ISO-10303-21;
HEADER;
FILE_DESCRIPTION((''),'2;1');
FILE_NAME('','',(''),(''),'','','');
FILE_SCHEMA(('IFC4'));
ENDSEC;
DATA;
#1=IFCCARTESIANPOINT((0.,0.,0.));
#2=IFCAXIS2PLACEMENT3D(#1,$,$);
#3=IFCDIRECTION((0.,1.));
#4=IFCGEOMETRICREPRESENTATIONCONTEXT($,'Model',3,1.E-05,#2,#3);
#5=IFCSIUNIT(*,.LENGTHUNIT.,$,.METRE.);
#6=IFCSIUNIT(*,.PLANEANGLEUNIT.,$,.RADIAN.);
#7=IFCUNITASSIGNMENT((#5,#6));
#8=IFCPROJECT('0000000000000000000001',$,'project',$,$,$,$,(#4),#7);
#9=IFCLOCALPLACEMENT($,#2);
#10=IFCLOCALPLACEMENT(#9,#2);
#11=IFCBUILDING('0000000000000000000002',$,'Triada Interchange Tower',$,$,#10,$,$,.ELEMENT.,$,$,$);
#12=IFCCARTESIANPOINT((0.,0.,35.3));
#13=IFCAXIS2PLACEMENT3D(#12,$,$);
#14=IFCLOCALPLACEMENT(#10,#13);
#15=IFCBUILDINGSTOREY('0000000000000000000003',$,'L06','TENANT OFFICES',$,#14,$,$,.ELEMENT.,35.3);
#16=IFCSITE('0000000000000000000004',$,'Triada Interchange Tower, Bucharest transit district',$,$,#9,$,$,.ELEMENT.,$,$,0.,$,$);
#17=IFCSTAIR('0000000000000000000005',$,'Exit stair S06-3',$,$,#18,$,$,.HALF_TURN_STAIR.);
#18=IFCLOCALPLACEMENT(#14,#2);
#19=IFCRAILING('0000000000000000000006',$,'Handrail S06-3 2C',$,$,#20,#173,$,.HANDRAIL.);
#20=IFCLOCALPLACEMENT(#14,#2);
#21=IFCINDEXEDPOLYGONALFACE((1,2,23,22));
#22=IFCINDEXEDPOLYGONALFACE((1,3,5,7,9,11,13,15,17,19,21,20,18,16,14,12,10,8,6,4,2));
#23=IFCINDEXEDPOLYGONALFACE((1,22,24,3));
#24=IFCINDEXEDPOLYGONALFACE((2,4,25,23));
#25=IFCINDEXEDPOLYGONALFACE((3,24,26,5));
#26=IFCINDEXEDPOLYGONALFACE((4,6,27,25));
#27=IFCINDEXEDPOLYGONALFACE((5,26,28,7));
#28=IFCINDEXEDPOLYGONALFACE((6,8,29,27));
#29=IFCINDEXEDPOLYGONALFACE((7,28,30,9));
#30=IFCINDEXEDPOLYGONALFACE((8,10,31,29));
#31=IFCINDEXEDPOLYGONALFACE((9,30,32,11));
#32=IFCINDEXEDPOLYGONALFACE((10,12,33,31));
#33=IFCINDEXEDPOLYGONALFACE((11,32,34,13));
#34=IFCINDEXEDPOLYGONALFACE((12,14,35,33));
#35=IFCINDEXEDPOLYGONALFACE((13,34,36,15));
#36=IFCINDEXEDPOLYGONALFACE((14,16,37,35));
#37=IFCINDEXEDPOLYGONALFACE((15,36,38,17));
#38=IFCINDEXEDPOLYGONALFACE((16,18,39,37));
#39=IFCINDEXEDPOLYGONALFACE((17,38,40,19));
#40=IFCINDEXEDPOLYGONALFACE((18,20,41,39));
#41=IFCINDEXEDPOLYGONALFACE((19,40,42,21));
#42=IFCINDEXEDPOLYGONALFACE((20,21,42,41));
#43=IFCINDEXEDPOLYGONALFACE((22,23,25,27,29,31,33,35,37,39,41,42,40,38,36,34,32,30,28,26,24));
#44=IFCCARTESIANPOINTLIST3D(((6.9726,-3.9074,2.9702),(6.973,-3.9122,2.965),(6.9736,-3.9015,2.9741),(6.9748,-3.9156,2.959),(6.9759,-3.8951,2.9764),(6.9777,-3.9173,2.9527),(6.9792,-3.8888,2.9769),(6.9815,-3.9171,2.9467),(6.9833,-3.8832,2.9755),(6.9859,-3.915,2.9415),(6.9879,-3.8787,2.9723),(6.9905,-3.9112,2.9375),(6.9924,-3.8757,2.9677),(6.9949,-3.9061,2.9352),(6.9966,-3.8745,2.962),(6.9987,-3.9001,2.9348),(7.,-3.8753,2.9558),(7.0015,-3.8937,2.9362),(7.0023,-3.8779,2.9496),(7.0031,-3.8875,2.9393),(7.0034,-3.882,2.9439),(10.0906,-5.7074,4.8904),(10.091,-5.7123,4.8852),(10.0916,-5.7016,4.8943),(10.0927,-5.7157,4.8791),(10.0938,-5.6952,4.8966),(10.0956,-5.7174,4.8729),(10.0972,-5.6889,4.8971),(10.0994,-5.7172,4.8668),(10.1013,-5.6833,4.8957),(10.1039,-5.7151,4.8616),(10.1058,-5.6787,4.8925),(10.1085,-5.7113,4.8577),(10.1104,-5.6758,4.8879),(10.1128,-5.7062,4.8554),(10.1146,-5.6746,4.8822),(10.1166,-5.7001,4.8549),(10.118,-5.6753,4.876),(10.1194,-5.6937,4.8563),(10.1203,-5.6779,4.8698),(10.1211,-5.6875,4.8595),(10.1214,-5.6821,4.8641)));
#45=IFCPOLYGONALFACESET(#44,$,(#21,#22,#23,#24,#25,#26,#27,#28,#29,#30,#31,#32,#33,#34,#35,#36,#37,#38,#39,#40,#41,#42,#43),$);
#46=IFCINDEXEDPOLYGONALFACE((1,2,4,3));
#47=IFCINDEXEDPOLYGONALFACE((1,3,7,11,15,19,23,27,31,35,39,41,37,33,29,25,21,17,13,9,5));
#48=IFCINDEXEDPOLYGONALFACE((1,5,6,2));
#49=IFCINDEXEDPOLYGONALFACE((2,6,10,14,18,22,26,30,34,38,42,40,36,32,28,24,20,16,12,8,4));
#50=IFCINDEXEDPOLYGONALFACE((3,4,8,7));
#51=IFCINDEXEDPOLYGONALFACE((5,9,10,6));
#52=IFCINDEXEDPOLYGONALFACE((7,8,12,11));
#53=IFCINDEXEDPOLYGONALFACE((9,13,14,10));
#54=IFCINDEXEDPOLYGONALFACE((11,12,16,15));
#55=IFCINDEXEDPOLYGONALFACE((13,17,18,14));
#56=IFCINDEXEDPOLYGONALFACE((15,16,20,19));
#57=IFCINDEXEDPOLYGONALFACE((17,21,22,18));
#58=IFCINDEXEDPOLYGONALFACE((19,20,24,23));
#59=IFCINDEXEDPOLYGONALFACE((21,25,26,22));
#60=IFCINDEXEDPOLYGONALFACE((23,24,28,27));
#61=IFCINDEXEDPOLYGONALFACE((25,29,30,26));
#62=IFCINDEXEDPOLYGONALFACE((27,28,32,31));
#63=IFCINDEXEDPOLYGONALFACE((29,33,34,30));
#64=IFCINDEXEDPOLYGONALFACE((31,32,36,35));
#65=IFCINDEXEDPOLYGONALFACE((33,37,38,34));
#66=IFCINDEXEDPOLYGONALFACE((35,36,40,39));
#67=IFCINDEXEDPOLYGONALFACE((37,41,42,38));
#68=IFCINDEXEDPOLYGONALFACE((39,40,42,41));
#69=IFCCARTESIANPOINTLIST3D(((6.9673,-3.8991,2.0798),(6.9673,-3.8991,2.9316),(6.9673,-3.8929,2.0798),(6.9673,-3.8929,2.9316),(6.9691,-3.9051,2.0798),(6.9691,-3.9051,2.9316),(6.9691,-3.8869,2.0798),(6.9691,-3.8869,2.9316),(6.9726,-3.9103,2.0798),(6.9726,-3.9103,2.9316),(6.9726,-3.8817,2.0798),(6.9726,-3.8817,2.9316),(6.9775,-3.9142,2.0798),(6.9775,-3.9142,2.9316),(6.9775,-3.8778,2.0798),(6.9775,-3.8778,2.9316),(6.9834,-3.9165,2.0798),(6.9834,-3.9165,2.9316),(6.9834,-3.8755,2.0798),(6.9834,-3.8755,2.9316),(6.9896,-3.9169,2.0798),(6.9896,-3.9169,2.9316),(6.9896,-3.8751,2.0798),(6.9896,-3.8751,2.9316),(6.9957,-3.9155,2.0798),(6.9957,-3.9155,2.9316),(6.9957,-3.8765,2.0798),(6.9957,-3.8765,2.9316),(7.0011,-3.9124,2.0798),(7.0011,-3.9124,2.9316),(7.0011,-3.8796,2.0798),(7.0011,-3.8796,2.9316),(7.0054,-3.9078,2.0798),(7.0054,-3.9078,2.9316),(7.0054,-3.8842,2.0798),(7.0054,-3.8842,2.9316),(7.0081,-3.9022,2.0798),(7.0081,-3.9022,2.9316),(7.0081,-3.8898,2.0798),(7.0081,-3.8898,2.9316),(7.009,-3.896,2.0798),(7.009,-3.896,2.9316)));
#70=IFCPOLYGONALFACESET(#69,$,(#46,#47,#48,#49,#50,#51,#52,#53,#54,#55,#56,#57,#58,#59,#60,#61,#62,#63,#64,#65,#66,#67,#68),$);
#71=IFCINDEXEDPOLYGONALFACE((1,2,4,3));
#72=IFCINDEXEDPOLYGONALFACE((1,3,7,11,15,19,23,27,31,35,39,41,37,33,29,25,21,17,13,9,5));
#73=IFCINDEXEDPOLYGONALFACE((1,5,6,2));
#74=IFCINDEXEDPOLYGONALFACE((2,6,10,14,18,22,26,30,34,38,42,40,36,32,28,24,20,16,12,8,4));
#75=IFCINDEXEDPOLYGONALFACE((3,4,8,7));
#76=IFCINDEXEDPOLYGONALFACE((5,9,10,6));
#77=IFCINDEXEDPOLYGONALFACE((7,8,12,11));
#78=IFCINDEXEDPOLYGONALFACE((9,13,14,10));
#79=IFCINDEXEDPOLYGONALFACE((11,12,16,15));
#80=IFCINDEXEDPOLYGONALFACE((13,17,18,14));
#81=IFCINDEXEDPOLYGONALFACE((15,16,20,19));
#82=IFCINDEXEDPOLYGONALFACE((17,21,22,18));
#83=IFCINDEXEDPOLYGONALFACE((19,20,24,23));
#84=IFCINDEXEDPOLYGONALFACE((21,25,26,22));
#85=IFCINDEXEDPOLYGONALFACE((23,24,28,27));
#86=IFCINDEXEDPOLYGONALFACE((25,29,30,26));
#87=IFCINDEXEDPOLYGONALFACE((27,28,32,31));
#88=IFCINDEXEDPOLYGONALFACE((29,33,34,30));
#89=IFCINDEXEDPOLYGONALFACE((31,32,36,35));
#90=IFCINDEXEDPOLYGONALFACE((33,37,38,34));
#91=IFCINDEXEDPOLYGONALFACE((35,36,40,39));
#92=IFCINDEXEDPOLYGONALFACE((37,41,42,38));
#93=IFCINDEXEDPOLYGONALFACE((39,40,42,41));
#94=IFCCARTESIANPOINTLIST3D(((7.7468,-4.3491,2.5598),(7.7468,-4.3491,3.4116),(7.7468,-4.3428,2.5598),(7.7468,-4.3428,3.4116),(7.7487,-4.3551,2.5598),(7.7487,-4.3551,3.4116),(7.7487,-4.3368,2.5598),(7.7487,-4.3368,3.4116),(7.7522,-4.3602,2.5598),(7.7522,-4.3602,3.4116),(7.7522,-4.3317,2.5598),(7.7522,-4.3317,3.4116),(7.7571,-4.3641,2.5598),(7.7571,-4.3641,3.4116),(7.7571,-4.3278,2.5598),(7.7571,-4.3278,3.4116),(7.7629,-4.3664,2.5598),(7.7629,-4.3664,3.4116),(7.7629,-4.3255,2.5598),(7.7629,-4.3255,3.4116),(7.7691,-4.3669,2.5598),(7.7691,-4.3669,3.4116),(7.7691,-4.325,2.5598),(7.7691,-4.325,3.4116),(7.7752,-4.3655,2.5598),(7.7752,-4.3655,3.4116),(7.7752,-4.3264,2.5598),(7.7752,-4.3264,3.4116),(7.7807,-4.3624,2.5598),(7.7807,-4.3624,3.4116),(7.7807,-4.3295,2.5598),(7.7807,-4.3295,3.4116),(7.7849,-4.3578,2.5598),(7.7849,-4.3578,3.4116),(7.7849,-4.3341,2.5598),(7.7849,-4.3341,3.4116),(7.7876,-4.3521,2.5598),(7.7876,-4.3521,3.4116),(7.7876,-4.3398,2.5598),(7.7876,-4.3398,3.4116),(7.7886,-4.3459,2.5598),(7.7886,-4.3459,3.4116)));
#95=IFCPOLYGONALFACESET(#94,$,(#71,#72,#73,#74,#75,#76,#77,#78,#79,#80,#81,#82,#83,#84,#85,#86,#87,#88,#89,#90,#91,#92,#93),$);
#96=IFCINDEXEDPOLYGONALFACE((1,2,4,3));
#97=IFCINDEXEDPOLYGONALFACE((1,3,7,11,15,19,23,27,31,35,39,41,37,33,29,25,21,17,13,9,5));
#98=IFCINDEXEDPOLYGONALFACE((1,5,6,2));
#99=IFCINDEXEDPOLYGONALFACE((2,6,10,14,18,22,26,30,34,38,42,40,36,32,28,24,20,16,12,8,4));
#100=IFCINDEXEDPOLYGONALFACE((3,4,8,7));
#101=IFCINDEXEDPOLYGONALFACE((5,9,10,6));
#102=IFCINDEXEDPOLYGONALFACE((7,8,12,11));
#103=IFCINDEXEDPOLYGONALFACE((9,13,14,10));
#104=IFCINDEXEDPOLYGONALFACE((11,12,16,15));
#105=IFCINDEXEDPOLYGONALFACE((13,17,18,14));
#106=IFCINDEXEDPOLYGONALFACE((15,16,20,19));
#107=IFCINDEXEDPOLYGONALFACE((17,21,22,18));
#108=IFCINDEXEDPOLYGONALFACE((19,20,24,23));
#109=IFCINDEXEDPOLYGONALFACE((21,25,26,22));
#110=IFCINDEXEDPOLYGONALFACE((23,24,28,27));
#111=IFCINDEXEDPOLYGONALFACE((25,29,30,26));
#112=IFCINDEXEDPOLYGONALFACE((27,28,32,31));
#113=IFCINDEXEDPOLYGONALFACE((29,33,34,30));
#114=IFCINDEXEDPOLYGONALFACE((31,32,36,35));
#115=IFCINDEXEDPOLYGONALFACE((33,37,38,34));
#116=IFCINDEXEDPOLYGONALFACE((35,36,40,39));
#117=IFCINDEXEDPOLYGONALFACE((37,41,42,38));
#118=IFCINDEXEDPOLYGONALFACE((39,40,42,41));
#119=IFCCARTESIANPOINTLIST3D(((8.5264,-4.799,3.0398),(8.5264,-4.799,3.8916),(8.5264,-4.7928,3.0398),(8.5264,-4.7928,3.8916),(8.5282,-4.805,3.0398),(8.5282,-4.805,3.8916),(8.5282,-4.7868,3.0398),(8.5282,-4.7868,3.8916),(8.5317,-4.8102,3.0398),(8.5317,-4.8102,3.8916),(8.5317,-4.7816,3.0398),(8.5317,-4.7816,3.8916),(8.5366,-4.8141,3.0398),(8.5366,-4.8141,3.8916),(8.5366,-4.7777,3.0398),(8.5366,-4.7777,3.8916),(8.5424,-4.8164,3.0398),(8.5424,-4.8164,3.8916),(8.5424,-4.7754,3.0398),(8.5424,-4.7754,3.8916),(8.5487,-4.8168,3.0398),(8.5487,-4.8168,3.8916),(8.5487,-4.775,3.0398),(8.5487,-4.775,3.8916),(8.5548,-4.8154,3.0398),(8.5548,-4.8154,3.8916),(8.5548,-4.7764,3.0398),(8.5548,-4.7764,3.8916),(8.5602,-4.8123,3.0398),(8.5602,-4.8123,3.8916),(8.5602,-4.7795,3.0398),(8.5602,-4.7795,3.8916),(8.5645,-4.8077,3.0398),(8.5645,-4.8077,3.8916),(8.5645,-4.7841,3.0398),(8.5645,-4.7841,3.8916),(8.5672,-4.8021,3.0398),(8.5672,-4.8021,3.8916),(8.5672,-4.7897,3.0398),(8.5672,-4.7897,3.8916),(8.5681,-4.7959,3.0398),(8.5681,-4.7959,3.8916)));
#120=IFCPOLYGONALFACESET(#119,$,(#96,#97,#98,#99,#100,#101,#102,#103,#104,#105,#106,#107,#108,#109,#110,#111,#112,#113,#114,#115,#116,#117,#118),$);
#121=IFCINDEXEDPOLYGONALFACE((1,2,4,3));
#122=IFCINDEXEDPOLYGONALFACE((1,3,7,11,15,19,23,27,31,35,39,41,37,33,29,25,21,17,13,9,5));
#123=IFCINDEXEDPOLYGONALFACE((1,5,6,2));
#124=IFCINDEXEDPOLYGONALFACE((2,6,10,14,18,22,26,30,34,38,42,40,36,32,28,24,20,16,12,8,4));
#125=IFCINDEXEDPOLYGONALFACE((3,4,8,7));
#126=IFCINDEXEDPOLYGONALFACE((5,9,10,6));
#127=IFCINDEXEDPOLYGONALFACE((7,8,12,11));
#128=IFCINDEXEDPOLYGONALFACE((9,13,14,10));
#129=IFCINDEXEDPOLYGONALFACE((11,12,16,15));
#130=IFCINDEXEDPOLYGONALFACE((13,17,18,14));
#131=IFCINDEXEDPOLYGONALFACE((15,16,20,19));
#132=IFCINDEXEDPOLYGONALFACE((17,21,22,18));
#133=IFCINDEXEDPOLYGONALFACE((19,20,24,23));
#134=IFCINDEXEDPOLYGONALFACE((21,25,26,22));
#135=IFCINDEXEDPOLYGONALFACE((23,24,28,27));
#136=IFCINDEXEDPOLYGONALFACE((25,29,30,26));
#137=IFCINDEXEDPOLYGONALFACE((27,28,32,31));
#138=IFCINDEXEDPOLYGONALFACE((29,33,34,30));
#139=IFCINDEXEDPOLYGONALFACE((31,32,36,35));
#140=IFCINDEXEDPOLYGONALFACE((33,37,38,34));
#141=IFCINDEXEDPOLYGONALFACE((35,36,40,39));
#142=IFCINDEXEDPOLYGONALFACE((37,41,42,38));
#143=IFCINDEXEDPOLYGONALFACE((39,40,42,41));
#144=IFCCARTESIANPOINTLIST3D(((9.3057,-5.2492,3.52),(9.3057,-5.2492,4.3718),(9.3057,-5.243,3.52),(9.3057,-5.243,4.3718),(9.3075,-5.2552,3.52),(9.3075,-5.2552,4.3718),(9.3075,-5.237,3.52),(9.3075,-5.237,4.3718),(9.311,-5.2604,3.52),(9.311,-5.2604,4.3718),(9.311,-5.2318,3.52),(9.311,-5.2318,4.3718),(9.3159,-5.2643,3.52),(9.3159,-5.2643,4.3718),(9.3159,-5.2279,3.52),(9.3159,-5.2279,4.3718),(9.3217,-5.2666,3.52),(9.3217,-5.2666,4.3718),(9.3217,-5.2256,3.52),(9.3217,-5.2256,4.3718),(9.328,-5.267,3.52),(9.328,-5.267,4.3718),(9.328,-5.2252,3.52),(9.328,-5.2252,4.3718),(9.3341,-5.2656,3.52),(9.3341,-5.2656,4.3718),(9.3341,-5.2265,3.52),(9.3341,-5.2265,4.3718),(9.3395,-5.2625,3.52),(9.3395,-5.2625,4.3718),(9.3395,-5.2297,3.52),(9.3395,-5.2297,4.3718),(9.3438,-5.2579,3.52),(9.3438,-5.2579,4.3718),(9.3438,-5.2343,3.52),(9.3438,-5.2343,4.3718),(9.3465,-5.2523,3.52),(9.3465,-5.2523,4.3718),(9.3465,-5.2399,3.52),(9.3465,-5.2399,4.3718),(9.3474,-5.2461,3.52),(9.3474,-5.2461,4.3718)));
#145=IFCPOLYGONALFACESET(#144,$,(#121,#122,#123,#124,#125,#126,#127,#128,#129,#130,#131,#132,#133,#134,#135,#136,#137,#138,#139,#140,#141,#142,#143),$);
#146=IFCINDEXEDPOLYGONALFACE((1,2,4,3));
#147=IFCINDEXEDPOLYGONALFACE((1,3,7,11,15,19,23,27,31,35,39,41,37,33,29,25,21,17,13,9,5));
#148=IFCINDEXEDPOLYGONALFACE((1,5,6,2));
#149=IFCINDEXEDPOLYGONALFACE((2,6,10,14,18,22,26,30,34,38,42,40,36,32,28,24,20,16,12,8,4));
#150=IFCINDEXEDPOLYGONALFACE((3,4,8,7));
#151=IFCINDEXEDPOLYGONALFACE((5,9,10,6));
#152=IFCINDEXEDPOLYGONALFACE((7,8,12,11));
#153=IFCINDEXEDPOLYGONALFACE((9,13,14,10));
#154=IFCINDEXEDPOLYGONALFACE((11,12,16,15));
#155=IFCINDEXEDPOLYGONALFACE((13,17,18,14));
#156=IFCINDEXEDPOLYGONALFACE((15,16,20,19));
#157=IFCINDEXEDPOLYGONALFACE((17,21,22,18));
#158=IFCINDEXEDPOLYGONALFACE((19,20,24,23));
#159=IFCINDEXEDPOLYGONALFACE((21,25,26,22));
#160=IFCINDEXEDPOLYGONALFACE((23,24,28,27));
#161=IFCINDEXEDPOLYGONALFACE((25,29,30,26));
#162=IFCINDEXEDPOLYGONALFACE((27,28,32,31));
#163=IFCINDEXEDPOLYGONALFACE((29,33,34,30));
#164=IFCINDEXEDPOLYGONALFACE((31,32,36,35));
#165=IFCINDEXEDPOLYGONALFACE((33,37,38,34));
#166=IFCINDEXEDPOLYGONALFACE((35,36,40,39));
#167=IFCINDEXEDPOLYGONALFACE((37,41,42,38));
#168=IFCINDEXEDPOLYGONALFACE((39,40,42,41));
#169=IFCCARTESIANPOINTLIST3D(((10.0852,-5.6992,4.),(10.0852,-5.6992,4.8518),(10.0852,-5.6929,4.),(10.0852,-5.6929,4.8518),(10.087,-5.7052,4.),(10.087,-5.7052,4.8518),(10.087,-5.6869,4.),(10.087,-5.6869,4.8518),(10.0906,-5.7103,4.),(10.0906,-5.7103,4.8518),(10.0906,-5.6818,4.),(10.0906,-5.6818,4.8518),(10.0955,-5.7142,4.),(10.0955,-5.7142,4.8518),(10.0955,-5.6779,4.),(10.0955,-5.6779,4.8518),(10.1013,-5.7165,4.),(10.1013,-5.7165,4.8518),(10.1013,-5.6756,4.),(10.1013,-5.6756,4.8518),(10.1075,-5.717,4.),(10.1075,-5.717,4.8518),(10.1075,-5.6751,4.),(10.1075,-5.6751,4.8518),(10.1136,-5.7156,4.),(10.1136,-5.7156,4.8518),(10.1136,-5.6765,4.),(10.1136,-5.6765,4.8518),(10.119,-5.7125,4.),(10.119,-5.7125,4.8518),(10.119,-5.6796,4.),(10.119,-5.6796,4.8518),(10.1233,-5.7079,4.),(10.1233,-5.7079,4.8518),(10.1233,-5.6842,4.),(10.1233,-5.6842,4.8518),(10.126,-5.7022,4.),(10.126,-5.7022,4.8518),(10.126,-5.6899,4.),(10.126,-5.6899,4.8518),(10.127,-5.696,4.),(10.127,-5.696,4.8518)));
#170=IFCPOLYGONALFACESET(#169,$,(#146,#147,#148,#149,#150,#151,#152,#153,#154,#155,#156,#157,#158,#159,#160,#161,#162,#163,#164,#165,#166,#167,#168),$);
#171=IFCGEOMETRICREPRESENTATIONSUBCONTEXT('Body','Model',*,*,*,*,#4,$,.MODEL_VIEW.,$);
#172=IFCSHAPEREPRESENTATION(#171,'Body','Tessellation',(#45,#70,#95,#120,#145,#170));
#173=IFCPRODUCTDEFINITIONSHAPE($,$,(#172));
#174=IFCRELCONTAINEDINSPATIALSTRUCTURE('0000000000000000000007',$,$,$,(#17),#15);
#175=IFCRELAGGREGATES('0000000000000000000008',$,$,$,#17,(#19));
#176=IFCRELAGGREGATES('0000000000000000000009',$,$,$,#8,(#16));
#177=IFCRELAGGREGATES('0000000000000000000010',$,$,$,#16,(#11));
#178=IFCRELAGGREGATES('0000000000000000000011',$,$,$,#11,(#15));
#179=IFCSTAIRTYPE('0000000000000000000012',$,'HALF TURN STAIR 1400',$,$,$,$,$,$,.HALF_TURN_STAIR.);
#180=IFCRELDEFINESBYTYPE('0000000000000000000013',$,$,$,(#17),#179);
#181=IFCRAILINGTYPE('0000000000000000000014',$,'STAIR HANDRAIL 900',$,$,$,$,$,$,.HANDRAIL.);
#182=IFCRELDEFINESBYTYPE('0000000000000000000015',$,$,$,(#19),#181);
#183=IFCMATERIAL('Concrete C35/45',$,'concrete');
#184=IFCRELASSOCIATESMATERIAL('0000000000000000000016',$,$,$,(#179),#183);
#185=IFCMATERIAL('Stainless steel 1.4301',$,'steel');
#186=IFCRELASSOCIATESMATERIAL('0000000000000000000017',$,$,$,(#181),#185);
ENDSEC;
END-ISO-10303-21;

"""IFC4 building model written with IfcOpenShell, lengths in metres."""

from ifc_helpers import new_model, si_unit, direction, frame, origin, origin_2d, place, context, subcontext, project, spatial, circle, extrude, material, type_object, element, aggregate, save


model = new_model("IFC4")

# Units and contexts
model_context = context("Model", 3, precision=1e-05, world=origin(), true_north=direction((0.0, 1.0)))
body_context = subcontext(model_context, "Body", "Model", "MODEL_VIEW")
ifc_project = project(units=[si_unit("LENGTHUNIT", "METRE"), si_unit("PLANEANGLEUNIT", "RADIAN")], contexts=[model_context])

# Site, building, storey
site_placement = place(None, origin())
site = spatial("IfcSite", under=ifc_project, at=site_placement, Name="Triada Interchange Tower, Bucharest transit district", CompositionType="ELEMENT", RefElevation=0.0)
building_placement = place(site_placement, origin())
building = spatial("IfcBuilding", under=site, at=building_placement, Name="Triada Interchange Tower", CompositionType="ELEMENT")
storey_placement = place(building_placement, frame((0.0, 0.0, 35.3)))
storey = spatial("IfcBuildingStorey", under=building, at=storey_placement, Name="L06", Description="TENANT OFFICES", CompositionType="ELEMENT", Elevation=35.3)

# Stair, railing
ifc_material_1 = material(Name="Concrete C35/45", Category="concrete")
stair_type = type_object("IfcStairType", Name="HALF TURN STAIR 1400", PredefinedType="HALF_TURN_STAIR", material=ifc_material_1)
stair_placement = place(storey_placement, origin())
stair = element("IfcStair", 1, at=stair_placement, inside=storey, type_object=stair_type, Name="Exit stair S06-3", PredefinedType="HALF_TURN_STAIR")
ifc_material_2 = material(Name="Stainless steel 1.4301", Category="steel")
railing_type = type_object("IfcRailingType", Name="STAIR HANDRAIL 900", PredefinedType="HANDRAIL", material=ifc_material_2)
railing_1_placement = place(storey_placement, frame((6.988, -3.896, 2.0798)))
railing_1 = element("IfcRailing", 2, at=railing_1_placement, type_object=railing_type, Name="Handrail S06-3 2C", PredefinedType="HANDRAIL", context=body_context, shape_type="SweptSolid", body=[
    extrude(circle(Radius=0.0239, at=origin_2d()), frame((0.0, 0.0, 0.876), z_axis=(0.764145, -0.441159, 0.470597), x_axis=(0.499983, 0.866035, 0.0)), (0.0, 0.0, 1.0), 4.0803),
    extrude(circle(Radius=0.021, at=origin_2d()), origin(), (0.0, 0.0, 1.0), 0.8518),
    extrude(circle(Radius=0.021, at=origin_2d()), frame((0.7795, -0.45, 0.48)), (0.0, 0.0, 1.0), 0.8518),
    extrude(circle(Radius=0.021, at=origin_2d()), frame((1.5591, -0.8999, 0.96)), (0.0, 0.0, 1.0), 0.8518),
    extrude(circle(Radius=0.021, at=origin_2d()), frame((2.3384, -1.3501, 1.4402)), (0.0, 0.0, 1.0), 0.8518),
    extrude(circle(Radius=0.021, at=origin_2d()), frame((3.1179, -1.8, 1.9202)), (0.0, 0.0, 1.0), 0.8518),
])
aggregate(stair, [railing_1])

save(model, "model.ifc")
